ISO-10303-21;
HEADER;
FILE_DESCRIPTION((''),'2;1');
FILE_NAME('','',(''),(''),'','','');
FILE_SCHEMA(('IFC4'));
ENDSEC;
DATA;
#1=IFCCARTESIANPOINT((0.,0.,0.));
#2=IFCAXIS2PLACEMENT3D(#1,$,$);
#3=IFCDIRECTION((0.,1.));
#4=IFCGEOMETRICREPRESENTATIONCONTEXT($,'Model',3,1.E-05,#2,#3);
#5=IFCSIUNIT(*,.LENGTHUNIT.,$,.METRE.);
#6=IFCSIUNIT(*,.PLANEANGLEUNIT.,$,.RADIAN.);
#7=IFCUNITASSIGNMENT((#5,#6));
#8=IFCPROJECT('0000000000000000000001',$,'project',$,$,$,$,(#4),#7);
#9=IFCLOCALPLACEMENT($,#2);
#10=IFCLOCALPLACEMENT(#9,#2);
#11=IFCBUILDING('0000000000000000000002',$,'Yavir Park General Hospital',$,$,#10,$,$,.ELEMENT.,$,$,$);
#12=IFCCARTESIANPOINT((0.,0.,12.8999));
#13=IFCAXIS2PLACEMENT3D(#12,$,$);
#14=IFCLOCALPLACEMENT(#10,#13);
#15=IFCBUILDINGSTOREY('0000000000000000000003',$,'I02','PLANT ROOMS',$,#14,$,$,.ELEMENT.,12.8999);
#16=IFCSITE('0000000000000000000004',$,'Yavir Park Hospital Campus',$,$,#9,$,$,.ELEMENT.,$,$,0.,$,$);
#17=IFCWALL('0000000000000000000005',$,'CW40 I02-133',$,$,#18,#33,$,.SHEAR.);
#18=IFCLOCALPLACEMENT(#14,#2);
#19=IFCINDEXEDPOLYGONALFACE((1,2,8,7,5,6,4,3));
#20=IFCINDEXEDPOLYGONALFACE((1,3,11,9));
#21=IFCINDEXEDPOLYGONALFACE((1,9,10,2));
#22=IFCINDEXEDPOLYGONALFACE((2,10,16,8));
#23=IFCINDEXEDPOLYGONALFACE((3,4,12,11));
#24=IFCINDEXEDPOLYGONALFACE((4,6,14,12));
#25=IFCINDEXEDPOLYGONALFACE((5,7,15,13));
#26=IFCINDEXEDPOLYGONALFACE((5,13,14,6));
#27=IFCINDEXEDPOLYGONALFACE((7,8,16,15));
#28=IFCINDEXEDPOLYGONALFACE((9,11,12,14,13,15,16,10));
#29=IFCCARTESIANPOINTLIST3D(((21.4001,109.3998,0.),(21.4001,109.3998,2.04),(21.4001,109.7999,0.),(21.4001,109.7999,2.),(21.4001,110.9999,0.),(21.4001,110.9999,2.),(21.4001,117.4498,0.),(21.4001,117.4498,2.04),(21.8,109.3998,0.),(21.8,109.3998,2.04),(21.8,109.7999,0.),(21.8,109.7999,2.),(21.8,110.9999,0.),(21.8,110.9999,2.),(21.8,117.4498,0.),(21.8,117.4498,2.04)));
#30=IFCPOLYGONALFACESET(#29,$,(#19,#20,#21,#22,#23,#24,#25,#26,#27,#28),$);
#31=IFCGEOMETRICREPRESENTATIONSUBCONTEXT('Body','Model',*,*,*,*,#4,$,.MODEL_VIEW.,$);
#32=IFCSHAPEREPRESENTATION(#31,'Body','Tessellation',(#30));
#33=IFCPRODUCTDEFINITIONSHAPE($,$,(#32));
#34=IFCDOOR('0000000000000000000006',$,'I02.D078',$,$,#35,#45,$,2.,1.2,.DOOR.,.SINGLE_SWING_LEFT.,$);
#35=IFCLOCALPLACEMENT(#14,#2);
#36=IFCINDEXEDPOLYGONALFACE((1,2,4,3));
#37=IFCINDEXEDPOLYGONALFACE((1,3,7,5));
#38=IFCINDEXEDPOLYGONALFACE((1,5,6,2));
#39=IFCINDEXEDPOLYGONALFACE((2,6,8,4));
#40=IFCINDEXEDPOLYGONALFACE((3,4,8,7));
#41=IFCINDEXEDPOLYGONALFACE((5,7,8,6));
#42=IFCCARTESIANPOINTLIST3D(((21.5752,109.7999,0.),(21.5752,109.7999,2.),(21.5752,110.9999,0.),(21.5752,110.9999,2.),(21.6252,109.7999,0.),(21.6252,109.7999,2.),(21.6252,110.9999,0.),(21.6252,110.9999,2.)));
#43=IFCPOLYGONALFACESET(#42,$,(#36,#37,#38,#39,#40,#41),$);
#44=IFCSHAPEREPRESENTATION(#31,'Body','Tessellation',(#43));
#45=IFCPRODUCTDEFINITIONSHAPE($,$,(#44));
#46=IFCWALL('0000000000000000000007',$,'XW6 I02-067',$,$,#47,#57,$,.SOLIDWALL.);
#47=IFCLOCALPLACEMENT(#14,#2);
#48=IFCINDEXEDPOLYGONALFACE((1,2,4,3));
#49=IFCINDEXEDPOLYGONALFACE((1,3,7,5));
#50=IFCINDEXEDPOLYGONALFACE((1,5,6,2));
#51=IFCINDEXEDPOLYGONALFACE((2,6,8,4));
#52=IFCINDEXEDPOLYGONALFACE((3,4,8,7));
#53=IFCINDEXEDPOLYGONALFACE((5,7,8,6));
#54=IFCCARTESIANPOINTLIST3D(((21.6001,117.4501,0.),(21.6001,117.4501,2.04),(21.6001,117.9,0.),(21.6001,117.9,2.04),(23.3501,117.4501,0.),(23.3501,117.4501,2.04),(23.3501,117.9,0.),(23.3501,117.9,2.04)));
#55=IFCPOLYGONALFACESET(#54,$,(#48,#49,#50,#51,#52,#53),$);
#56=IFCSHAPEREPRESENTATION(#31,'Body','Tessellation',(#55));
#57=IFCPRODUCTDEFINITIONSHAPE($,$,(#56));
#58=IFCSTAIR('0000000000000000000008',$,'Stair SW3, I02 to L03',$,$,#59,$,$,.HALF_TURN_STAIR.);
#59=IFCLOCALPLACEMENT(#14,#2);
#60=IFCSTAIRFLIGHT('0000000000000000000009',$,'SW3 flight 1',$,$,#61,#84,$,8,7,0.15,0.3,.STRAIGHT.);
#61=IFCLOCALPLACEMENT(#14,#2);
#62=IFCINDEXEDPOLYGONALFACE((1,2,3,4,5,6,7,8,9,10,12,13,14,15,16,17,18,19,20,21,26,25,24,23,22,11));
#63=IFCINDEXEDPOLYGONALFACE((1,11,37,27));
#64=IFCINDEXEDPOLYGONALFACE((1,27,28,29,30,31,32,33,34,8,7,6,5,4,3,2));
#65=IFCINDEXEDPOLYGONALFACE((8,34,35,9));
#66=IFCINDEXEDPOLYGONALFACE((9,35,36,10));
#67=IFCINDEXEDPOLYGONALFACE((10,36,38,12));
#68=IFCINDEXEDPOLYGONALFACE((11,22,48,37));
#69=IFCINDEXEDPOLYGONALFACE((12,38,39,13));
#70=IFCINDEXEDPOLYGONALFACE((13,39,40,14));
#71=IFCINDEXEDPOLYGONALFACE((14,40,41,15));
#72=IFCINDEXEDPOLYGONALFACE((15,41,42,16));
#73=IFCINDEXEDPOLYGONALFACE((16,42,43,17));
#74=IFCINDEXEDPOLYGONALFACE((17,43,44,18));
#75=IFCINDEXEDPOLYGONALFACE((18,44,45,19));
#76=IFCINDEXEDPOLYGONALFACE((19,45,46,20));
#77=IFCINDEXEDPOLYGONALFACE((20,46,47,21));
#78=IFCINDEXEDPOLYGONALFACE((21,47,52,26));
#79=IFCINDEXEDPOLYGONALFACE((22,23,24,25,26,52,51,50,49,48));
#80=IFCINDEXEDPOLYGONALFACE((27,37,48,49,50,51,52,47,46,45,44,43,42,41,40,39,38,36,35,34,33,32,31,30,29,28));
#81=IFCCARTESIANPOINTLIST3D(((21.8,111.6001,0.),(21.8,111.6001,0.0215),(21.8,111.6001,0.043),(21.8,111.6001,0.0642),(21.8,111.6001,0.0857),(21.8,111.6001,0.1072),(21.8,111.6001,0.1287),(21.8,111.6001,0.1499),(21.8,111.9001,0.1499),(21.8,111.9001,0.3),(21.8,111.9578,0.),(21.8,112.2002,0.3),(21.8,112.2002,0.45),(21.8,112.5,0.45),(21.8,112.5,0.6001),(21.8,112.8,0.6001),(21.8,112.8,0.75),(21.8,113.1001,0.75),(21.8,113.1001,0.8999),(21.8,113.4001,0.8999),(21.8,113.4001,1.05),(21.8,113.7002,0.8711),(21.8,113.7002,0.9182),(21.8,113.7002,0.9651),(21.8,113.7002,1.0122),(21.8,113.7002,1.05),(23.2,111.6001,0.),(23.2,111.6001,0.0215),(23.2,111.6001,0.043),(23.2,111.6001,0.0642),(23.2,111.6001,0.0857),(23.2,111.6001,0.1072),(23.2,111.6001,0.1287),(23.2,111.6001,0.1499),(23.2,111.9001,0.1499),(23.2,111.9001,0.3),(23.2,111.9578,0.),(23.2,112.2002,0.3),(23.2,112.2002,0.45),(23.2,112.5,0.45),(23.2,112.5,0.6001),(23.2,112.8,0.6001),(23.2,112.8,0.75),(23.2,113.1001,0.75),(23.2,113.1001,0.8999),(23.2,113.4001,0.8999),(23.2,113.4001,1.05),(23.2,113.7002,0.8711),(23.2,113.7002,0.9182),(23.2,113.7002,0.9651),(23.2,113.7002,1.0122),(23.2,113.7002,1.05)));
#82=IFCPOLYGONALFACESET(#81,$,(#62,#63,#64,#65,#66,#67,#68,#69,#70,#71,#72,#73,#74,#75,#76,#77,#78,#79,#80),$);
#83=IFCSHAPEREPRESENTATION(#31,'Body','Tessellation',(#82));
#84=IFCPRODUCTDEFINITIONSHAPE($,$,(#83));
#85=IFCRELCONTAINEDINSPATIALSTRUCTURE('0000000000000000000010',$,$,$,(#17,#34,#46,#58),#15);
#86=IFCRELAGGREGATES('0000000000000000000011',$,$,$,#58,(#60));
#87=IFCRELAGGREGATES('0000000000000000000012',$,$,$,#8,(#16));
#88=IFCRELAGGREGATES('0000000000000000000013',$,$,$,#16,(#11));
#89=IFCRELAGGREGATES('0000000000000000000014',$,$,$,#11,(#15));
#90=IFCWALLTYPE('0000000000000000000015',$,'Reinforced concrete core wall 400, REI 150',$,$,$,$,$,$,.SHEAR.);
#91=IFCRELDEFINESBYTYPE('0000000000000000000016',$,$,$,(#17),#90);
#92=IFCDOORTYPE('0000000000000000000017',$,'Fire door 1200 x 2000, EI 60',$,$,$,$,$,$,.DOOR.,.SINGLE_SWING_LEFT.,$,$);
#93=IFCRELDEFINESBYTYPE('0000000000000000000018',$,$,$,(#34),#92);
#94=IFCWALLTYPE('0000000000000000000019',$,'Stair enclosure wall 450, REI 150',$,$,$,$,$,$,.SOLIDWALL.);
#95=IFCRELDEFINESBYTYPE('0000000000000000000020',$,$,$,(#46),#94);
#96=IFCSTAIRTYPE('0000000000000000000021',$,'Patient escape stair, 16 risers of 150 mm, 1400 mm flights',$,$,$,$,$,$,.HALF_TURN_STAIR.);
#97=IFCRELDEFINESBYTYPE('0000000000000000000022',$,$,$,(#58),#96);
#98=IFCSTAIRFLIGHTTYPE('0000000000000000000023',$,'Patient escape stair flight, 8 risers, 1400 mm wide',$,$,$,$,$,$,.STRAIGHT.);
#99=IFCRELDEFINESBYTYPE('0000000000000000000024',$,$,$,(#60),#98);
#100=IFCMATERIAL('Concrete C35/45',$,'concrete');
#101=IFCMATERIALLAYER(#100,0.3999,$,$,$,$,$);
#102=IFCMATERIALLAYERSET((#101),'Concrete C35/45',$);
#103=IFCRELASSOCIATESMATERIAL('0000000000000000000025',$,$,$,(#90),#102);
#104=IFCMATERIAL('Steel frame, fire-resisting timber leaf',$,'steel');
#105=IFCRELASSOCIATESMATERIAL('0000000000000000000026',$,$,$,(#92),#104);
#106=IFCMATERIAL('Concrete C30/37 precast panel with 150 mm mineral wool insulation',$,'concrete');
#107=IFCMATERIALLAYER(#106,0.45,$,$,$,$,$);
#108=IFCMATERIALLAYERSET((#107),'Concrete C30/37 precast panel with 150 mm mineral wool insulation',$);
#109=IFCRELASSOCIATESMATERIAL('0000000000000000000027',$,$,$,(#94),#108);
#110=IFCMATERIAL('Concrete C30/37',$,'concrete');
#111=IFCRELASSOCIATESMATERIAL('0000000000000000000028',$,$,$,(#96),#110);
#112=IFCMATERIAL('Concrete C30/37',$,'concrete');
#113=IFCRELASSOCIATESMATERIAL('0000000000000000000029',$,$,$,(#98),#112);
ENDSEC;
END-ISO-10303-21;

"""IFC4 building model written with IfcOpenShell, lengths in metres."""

from ifc_helpers import new_model, si_unit, direction, frame, frame_2d, origin, place, context, subcontext, project, spatial, polyline, rectangle, outline, extrude, material, layer, layer_set, type_object, element, fill, aggregate, save


model = new_model("IFC4")

# Units and contexts
model_context = context("Model", 3, precision=1e-05, world=origin(), true_north=direction((0.0, 1.0)))
body_context = subcontext(model_context, "Body", "Model", "MODEL_VIEW")
ifc_project = project(units=[si_unit("LENGTHUNIT", "METRE"), si_unit("PLANEANGLEUNIT", "RADIAN")], contexts=[model_context])

# Site, building, storey
site_placement = place(None, origin())
site = spatial("IfcSite", under=ifc_project, at=site_placement, Name="Yavir Park Hospital Campus", CompositionType="ELEMENT", RefElevation=0.0)
building_placement = place(site_placement, origin())
building = spatial("IfcBuilding", under=site, at=building_placement, Name="Yavir Park General Hospital", CompositionType="ELEMENT")
storey_placement = place(building_placement, frame((0.0, 0.0, 12.8999)))
storey = spatial("IfcBuildingStorey", under=building, at=storey_placement, Name="I02", Description="PLANT ROOMS", CompositionType="ELEMENT", Elevation=12.8999)

# Shared definitions
ifc_material_1 = material(Name="Concrete C35/45", Category="concrete")
ifc_layer_1 = layer(ifc_material_1, 0.3999)
ifc_layer_set_1 = layer_set([ifc_layer_1], Name="Concrete C35/45")
wall_type_1 = type_object("IfcWallType", Name="Reinforced concrete core wall 400, REI 150", PredefinedType="SHEAR", material=ifc_layer_set_1)

# Wall, opening, door
wall_1_placement = place(storey_placement, frame((21.6001, 109.3999, 0.0), z_axis=(0.0, 0.0, 1.0), x_axis=(0.0, 1.0, 0.0)))
wall_1 = element("IfcWall", 1, at=wall_1_placement, inside=storey, type_object=wall_type_1, Name="CW40 I02-133", PredefinedType="SHEAR", context=body_context, shape_type="SweptSolid", body=[
    extrude(rectangle(XDim=8.05, YDim=0.3999, at=frame_2d((4.0249, 0.0))), origin(), (0.0, 0.0, 1.0), 2.04),
])
opening_1_placement = place(wall_1_placement, frame((0.3999, 0.0, 0.0)))
opening_1 = element("IfcOpeningElement", 2, at=opening_1_placement, cuts=wall_1, PredefinedType="OPENING", context=body_context, shape_type="SweptSolid", body=[
    extrude(rectangle(XDim=1.2, YDim=2.0, at=frame_2d((0.6001, 1.0))), frame((0.0, 0.21, 0.0), z_axis=(0.0, -1.0, 0.0), x_axis=(1.0, 0.0, 0.0)), (0.0, 0.0, 1.0), 0.4199),
])
ifc_material_2 = material(Name="Steel frame, fire-resisting timber leaf", Category="steel")
door_type_1 = type_object("IfcDoorType", Name="Fire door 1200 x 2000, EI 60", OperationType="SINGLE_SWING_LEFT", PredefinedType="DOOR", material=ifc_material_2)
door_1_placement = place(opening_1_placement, origin())
door_1 = element("IfcDoor", 3, at=door_1_placement, inside=storey, type_object=door_type_1, Name="I02.D078", OperationType="SINGLE_SWING_LEFT", OverallHeight=2.0, OverallWidth=1.2, PredefinedType="DOOR", context=body_context, shape_type="SweptSolid", body=[
    extrude(rectangle(XDim=1.2, YDim=2.0, at=frame_2d((0.6001, 1.0))), frame((0.0, 0.0249, 0.0), z_axis=(0.0, -1.0, 0.0), x_axis=(1.0, 0.0, 0.0)), (0.0, 0.0, 1.0), 0.05),
])
fill(opening_1, door_1)

# Wall
ifc_material_3 = material(Name="Concrete C30/37 precast panel with 150 mm mineral wool insulation", Category="concrete")
ifc_layer_2 = layer(ifc_material_3, 0.45)
ifc_layer_set_2 = layer_set([ifc_layer_2], Name="Concrete C30/37 precast panel with 150 mm mineral wool insulation")
wall_type_2 = type_object("IfcWallType", Name="Stair enclosure wall 450, REI 150", PredefinedType="SOLIDWALL", material=ifc_layer_set_2)
wall_2_placement = place(storey_placement, frame((21.6001, 117.675, 0.0), z_axis=(0.0, 0.0, 1.0), x_axis=(1.0, 0.0, 0.0)))
element("IfcWall", 4, at=wall_2_placement, inside=storey, type_object=wall_type_2, Name="XW6 I02-067", PredefinedType="SOLIDWALL", context=body_context, shape_type="SweptSolid", body=[
    extrude(rectangle(XDim=1.75, YDim=0.45, at=frame_2d((0.875, 0.0))), origin(), (0.0, 0.0, 1.0), 2.04),
])

# Stair, stair flight
ifc_material_4 = material(Name="Concrete C30/37", Category="concrete")
stair_type = type_object("IfcStairType", Name="Patient escape stair, 16 risers of 150 mm, 1400 mm flights", PredefinedType="HALF_TURN_STAIR", material=ifc_material_4)
stair_placement = place(storey_placement, origin())
stair = element("IfcStair", 5, at=stair_placement, inside=storey, type_object=stair_type, Name="Stair SW3, I02 to L03", PredefinedType="HALF_TURN_STAIR")
ifc_material_5 = material(Name="Concrete C30/37", Category="concrete")
stair_flight_type = type_object("IfcStairFlightType", Name="Patient escape stair flight, 8 risers, 1400 mm wide", PredefinedType="STRAIGHT", material=ifc_material_5)
stair_flight_placement = place(storey_placement, frame((22.5, 111.6001, 0.0), z_axis=(0.0, 0.0, 1.0), x_axis=(0.0, 1.0, 0.0)))
stair_flight = element("IfcStairFlight", 6, at=stair_flight_placement, type_object=stair_flight_type, Name="SW3 flight 1", NumberOfRisers=8, NumberOfTreads=7, PredefinedType="STRAIGHT", RiserHeight=0.15, TreadLength=0.3, context=body_context, shape_type="SweptSolid", body=[
    extrude(outline(polyline([(0.0, 0.0), (0.0, 0.0215), (0.0, 0.043), (0.0, 0.0642), (0.0, 0.0857), (0.0, 0.1072), (0.0, 0.1287), (0.0, 0.1499), (0.3, 0.1499), (0.3, 0.3), (0.6001, 0.3), (0.6001, 0.45), (0.8999, 0.45), (0.8999, 0.6001), (1.2, 0.6001), (1.2, 0.75), (1.5, 0.75), (1.5, 0.8999), (1.8, 0.8999), (1.8, 1.05), (2.1001, 1.05), (2.1001, 1.2), (2.1001, 1.1531), (2.1001, 1.106), (2.1001, 1.0591), (2.1001, 1.0122), (2.1001, 0.9651), (2.1001, 0.9182), (2.1001, 0.8711), (0.3577, 0.0), (0.0, 0.0)])), frame((0.0, 0.7, 0.0), z_axis=(0.0, -1.0, 0.0), x_axis=(1.0, 0.0, 0.0)), (0.0, 0.0, 1.0), 1.3999),
])
aggregate(stair, [stair_flight])

save(model, "model.ifc")
